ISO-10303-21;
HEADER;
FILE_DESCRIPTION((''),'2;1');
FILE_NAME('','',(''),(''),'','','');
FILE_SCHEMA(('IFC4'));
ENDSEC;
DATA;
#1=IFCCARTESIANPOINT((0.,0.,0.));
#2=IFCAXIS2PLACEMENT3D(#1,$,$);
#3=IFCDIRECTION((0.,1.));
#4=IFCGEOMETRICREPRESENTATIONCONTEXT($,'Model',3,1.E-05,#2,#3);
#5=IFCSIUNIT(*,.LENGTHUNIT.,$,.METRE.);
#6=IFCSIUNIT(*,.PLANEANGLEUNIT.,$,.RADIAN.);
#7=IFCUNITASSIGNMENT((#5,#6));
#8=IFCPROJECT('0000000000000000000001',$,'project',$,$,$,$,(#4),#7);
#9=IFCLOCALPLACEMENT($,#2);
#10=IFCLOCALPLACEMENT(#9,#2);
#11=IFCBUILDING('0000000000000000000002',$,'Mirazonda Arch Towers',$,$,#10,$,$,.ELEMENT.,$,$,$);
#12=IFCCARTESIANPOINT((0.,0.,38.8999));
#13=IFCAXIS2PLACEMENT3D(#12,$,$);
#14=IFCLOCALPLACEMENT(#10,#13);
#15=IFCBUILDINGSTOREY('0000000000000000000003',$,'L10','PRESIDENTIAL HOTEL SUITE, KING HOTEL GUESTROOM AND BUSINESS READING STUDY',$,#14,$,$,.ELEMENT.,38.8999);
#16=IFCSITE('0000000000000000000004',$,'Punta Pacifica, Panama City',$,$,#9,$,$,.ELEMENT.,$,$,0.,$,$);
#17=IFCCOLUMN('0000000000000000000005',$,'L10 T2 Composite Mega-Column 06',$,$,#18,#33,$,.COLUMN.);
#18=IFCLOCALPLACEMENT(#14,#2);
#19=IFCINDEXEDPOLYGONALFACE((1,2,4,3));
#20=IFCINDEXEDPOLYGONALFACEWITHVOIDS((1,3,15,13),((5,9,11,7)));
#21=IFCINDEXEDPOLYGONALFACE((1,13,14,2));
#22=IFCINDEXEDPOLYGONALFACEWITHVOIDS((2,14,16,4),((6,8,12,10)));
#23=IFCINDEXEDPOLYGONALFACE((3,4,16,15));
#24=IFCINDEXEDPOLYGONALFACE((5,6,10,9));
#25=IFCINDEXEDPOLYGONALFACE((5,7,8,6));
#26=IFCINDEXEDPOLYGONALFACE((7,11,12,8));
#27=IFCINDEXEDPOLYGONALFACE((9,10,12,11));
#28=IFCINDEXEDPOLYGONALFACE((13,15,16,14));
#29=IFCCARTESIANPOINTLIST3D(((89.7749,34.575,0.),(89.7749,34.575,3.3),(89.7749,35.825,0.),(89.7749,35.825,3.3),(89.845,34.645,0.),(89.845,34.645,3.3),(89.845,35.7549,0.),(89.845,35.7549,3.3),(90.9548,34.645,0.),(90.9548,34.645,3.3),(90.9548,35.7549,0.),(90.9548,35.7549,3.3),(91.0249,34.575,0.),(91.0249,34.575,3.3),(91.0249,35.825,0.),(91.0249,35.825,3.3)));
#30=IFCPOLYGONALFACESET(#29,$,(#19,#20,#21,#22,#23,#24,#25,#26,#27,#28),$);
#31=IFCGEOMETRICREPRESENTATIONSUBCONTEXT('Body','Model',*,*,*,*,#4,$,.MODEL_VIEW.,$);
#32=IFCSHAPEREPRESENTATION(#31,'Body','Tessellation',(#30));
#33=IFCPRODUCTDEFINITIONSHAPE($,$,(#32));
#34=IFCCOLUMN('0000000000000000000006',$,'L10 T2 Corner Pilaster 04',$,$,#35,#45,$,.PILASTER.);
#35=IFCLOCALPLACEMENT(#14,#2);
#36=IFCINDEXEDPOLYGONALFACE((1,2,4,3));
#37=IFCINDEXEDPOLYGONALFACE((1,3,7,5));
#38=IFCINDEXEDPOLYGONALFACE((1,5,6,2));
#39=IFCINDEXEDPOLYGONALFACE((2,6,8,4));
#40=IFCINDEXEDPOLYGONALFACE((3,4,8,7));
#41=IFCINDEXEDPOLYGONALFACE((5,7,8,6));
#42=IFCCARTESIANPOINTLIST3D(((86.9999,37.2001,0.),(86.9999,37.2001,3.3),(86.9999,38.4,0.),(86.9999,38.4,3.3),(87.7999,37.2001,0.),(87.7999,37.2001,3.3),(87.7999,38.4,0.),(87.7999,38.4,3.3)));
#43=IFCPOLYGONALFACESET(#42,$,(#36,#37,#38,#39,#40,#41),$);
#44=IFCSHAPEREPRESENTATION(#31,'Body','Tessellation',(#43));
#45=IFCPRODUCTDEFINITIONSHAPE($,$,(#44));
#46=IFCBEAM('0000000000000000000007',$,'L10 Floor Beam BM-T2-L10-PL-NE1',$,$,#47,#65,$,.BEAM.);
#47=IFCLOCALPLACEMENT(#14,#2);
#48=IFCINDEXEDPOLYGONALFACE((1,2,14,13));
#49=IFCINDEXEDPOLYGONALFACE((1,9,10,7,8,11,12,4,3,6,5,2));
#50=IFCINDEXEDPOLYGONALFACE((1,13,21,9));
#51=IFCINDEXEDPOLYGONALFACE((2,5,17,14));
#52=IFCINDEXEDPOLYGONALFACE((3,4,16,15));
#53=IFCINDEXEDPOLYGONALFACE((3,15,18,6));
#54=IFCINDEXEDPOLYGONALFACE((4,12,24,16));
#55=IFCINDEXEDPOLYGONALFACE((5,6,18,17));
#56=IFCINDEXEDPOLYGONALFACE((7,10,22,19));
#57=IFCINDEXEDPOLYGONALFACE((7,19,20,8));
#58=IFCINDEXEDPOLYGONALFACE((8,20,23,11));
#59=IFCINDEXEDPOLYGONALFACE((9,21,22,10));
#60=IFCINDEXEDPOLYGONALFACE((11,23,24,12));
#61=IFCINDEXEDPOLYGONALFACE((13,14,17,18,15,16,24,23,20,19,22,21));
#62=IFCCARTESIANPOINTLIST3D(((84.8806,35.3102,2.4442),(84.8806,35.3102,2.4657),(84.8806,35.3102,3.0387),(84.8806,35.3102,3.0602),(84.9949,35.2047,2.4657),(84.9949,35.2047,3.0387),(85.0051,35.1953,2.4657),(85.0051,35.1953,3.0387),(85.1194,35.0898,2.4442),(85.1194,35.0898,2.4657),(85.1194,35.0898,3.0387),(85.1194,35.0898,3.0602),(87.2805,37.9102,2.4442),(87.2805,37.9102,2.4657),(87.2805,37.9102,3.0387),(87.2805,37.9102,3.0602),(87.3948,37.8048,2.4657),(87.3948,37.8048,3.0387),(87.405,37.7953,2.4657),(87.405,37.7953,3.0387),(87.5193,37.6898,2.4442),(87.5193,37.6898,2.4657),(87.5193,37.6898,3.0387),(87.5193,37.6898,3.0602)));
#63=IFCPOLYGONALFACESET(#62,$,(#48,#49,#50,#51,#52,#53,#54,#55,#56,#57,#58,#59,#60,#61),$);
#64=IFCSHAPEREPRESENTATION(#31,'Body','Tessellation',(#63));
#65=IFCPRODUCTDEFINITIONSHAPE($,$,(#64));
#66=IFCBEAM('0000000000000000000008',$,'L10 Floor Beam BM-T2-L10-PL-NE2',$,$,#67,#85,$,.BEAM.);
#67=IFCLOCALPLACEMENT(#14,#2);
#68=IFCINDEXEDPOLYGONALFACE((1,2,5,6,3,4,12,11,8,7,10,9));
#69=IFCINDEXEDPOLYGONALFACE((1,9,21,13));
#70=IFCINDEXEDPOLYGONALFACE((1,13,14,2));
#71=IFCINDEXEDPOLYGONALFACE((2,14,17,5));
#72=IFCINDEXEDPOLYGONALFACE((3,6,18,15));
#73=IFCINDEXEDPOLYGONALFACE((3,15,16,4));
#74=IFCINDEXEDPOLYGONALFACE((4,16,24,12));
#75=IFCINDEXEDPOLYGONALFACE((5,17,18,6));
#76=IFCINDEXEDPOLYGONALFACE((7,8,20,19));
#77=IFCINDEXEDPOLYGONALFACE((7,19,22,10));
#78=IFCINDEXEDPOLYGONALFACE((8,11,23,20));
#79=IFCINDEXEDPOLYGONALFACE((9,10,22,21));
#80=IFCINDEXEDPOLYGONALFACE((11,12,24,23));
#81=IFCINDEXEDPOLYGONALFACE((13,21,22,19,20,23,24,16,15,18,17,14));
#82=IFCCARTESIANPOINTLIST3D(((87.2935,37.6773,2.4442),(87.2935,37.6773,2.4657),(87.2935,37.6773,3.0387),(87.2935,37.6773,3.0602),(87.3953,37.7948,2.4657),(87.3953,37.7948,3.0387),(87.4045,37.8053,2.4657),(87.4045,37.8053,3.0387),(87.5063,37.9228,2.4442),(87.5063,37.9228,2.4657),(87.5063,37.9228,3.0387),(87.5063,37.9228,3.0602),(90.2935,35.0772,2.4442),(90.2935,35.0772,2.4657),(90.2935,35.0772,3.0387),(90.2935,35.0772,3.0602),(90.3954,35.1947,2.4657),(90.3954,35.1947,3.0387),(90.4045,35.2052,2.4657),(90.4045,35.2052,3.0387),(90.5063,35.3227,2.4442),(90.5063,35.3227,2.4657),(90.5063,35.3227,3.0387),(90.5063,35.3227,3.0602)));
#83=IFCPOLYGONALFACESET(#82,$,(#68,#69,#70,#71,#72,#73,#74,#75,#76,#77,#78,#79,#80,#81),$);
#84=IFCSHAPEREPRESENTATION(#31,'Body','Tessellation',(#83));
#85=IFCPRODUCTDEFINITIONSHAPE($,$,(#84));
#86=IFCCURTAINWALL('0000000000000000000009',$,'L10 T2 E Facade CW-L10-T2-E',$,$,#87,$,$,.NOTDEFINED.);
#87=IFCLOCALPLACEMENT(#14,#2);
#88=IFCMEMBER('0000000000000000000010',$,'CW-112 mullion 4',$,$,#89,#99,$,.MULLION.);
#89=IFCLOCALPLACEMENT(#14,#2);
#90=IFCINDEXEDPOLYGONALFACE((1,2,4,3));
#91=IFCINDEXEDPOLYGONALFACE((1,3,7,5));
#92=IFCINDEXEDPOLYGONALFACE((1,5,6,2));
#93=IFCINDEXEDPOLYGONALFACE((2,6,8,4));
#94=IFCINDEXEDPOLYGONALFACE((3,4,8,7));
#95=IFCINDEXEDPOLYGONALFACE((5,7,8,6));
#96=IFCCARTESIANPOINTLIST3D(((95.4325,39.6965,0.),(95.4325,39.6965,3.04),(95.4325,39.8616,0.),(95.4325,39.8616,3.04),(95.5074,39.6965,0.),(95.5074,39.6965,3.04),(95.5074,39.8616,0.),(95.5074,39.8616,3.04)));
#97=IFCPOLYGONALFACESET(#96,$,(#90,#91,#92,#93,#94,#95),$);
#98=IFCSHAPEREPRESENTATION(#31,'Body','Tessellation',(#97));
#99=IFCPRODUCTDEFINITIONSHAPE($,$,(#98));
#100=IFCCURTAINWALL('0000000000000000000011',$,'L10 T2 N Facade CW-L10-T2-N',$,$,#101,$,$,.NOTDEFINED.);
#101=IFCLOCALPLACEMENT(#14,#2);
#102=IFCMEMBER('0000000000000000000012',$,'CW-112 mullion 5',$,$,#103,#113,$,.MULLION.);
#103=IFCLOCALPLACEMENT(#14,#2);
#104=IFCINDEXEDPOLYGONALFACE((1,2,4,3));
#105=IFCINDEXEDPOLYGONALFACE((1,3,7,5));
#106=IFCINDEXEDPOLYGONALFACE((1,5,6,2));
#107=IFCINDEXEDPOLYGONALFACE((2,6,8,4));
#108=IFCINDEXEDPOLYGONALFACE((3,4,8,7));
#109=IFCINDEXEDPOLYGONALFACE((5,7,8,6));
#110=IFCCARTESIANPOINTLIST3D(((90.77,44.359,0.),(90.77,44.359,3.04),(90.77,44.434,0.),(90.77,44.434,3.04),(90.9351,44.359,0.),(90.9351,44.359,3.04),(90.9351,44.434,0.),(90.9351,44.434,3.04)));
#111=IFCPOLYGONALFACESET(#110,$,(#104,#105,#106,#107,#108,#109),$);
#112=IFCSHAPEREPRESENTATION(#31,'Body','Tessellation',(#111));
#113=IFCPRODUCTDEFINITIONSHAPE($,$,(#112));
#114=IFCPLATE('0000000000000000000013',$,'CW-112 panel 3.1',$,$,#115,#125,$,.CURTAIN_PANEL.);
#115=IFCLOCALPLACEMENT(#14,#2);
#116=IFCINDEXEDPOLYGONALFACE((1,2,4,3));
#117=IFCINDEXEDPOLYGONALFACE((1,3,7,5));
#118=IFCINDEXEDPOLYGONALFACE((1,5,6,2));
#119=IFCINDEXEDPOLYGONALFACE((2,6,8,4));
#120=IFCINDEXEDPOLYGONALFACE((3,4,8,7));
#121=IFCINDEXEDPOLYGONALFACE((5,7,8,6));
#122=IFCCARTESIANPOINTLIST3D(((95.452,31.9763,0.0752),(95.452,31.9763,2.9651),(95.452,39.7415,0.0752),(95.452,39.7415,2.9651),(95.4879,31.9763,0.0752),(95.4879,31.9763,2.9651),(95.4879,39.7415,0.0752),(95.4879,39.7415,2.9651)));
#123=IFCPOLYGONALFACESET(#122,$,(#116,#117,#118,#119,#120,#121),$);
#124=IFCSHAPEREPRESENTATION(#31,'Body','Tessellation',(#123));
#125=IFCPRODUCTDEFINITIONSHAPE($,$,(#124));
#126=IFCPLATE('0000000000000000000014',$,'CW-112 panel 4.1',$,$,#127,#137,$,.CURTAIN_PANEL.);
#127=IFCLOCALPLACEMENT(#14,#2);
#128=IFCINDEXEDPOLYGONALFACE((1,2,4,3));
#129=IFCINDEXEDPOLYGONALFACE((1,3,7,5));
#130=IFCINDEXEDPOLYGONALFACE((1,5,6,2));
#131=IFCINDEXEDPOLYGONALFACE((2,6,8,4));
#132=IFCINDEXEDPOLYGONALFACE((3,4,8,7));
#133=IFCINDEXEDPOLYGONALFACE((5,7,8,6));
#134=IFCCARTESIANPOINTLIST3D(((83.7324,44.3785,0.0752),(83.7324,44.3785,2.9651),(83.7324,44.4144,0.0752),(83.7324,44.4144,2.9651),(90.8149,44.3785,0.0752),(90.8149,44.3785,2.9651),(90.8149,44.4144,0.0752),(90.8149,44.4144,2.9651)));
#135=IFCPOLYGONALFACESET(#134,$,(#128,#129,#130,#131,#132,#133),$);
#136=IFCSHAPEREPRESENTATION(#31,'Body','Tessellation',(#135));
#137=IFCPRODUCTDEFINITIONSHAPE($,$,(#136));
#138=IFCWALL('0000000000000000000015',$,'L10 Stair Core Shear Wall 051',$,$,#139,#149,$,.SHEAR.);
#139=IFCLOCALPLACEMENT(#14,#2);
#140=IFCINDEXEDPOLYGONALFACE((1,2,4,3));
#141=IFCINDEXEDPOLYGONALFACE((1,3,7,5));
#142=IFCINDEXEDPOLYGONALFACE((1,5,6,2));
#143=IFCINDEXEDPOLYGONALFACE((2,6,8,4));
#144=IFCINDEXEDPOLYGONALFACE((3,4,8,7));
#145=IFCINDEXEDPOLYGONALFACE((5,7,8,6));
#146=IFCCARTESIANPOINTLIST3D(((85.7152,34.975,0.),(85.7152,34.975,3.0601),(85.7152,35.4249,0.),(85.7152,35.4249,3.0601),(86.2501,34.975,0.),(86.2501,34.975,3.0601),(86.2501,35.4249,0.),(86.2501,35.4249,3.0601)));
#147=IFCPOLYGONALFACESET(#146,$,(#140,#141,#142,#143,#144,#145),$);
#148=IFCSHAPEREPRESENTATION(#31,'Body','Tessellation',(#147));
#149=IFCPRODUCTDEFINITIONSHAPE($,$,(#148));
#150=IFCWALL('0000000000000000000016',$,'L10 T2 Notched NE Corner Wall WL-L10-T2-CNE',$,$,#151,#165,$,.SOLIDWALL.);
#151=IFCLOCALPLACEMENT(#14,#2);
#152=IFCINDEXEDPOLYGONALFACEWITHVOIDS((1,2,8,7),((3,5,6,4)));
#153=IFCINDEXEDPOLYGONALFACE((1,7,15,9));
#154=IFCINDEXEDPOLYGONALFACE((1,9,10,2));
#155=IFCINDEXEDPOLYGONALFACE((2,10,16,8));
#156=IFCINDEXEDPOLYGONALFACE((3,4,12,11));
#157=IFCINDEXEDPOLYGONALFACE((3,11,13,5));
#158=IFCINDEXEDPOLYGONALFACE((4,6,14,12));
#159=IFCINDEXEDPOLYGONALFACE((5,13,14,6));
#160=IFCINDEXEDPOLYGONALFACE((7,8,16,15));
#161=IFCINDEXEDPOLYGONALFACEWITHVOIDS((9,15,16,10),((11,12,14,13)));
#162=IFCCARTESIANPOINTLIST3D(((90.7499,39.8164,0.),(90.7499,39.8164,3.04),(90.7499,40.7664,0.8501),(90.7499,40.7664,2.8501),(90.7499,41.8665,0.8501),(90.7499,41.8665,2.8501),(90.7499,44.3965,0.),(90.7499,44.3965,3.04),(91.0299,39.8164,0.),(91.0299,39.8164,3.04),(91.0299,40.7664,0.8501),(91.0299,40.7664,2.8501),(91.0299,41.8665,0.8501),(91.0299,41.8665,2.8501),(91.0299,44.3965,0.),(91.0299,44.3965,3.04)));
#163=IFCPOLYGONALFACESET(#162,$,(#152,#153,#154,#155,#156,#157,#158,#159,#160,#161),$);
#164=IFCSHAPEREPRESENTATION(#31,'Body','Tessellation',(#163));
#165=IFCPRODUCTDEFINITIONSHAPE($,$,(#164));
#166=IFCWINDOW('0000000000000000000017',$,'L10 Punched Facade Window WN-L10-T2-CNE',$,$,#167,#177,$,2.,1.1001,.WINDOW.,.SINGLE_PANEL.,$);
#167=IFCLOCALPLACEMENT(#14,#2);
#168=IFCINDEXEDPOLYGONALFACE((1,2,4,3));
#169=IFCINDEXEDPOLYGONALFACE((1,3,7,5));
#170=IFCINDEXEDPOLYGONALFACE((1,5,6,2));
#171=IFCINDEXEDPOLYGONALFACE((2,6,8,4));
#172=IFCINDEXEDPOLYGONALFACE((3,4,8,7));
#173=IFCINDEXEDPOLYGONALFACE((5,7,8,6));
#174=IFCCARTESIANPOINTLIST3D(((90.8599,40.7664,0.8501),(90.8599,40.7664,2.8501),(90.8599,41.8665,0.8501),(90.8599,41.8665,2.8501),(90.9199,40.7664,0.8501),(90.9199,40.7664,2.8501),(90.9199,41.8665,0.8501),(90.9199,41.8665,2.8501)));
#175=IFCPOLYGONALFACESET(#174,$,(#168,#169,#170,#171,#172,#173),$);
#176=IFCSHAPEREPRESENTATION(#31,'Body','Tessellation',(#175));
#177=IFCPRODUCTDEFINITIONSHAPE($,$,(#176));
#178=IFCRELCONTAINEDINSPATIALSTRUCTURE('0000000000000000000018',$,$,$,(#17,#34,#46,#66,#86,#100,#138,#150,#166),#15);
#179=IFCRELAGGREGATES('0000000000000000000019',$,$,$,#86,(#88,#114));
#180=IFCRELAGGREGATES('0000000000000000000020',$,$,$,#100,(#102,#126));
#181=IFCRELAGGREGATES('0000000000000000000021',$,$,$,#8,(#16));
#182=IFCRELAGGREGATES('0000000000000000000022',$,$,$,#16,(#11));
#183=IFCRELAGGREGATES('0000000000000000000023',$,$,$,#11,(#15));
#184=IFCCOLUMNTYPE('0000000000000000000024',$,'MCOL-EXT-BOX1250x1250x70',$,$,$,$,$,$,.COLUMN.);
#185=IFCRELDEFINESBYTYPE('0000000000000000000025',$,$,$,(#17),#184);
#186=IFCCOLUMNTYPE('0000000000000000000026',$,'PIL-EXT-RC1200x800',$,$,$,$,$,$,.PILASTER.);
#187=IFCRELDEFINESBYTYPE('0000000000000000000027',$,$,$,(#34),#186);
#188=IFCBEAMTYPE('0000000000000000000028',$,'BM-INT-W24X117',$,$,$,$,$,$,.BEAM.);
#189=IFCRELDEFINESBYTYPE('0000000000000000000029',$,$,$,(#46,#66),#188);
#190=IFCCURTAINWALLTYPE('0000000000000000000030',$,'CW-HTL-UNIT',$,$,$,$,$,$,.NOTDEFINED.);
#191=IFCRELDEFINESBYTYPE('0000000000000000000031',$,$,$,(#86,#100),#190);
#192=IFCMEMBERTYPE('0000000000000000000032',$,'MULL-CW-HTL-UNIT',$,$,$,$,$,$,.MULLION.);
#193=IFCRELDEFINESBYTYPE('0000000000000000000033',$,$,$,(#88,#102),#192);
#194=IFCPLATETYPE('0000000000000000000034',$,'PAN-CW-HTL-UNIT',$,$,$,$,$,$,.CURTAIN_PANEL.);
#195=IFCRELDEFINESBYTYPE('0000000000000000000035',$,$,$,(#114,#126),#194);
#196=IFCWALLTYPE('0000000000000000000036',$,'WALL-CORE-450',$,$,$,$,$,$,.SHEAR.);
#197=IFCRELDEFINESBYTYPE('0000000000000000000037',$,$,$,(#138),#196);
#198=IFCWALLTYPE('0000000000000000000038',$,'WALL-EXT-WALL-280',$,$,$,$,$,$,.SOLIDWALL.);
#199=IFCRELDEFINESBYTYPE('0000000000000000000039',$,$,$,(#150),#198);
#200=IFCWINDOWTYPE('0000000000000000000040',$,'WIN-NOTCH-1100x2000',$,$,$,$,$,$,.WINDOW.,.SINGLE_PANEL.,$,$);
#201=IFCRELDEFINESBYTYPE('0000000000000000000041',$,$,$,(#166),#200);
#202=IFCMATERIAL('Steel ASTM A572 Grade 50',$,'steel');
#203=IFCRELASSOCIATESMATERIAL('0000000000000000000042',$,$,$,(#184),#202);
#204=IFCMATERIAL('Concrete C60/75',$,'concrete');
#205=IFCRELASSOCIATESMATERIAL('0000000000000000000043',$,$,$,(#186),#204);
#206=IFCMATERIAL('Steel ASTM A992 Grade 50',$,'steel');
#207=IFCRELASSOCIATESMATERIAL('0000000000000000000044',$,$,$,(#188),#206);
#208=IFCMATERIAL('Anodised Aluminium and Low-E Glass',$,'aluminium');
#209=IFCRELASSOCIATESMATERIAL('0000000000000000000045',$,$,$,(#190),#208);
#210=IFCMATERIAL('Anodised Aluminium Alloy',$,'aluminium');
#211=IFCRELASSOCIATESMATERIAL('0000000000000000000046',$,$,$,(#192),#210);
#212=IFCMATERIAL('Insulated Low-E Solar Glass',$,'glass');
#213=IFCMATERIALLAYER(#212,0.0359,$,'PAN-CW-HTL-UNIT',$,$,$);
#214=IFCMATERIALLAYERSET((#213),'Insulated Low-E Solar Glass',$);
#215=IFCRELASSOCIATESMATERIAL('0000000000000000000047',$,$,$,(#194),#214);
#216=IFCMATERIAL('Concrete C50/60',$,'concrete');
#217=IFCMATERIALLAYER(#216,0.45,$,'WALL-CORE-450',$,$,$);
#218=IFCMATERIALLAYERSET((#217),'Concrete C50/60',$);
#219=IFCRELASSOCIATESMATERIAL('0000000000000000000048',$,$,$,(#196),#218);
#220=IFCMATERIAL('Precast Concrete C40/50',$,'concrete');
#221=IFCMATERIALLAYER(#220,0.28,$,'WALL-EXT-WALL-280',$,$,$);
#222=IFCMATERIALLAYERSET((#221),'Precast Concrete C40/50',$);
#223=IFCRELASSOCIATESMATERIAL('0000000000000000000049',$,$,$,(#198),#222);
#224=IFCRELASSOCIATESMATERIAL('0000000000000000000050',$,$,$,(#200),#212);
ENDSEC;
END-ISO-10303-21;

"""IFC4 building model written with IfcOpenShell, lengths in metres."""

from ifc_helpers import new_model, si_unit, direction, frame, frame_2d, origin, origin_2d, place, context, subcontext, project, spatial, rectangle, hollow_rectangle, i_section, extrude, material, layer, layer_set, material_profile, profile_set, type_object, element, fill, aggregate, save


model = new_model("IFC4")

# Units and contexts
model_context = context("Model", 3, precision=1e-05, world=origin(), true_north=direction((0.0, 1.0)))
body_context = subcontext(model_context, "Body", "Model", "MODEL_VIEW")
ifc_project = project(units=[si_unit("LENGTHUNIT", "METRE"), si_unit("PLANEANGLEUNIT", "RADIAN")], contexts=[model_context])

# Site, building, storey
site_placement = place(None, origin())
site = spatial("IfcSite", under=ifc_project, at=site_placement, Name="Punta Pacifica, Panama City", CompositionType="ELEMENT", RefElevation=0.0)
building_placement = place(site_placement, origin())
building = spatial("IfcBuilding", under=site, at=building_placement, Name="Mirazonda Arch Towers", CompositionType="ELEMENT")
storey_placement = place(building_placement, frame((0.0, 0.0, 38.8999)))
storey = spatial("IfcBuildingStorey", under=building, at=storey_placement, Name="L10", Description="PRESIDENTIAL HOTEL SUITE, KING HOTEL GUESTROOM AND BUSINESS READING STUDY", CompositionType="ELEMENT", Elevation=38.8999)

# Columns
ifc_material_1 = material(Name="Steel ASTM A572 Grade 50", Category="steel")
ifc_material_profile_1 = material_profile(ifc_material_1, hollow_rectangle(XDim=1.25, YDim=1.25, WallThickness=0.0701, at=origin_2d()), Name="BOX1250x1250x70")
ifc_profile_set_1 = profile_set([ifc_material_profile_1], Name="Steel ASTM A572 Grade 50")
column_type_1 = type_object("IfcColumnType", Name="MCOL-EXT-BOX1250x1250x70", PredefinedType="COLUMN", material=ifc_profile_set_1)
column_1_placement = place(storey_placement, frame((90.3999, 35.2, 0.0), z_axis=(0.0, 0.0, 1.0), x_axis=(1.0, 0.0, 0.0)))
element("IfcColumn", 1, at=column_1_placement, inside=storey, type_object=column_type_1, Name="L10 T2 Composite Mega-Column 06", PredefinedType="COLUMN", context=body_context, shape_type="SweptSolid", body=[
    extrude(hollow_rectangle(XDim=1.25, YDim=1.25, WallThickness=0.0701, at=origin_2d()), origin(), (0.0, 0.0, 1.0), 3.3),
])
ifc_material_2 = material(Name="Concrete C60/75", Category="concrete")
ifc_material_profile_2 = material_profile(ifc_material_2, rectangle(XDim=0.8, YDim=1.2, at=origin_2d()), Name="RC1200x800")
ifc_profile_set_2 = profile_set([ifc_material_profile_2], Name="Concrete C60/75")
column_type_2 = type_object("IfcColumnType", Name="PIL-EXT-RC1200x800", PredefinedType="PILASTER", material=ifc_profile_set_2)
column_2_placement = place(storey_placement, frame((87.3999, 37.8, 0.0), z_axis=(0.0, 0.0, 1.0), x_axis=(1.0, 0.0, 0.0)))
element("IfcColumn", 2, at=column_2_placement, inside=storey, type_object=column_type_2, Name="L10 T2 Corner Pilaster 04", PredefinedType="PILASTER", context=body_context, shape_type="SweptSolid", body=[
    extrude(rectangle(XDim=0.8, YDim=1.2, at=origin_2d()), origin(), (0.0, 0.0, 1.0), 3.3),
])

# Beams
ifc_material_3 = material(Name="Steel ASTM A992 Grade 50", Category="steel")
ifc_material_profile_3 = material_profile(ifc_material_3, i_section(OverallWidth=0.325, OverallDepth=0.616, WebThickness=0.0139, FlangeThickness=0.0215, at=origin_2d()), Name="W24X117")
ifc_profile_set_3 = profile_set([ifc_material_profile_3], Name="Steel ASTM A992 Grade 50")
beam_type = type_object("IfcBeamType", Name="BM-INT-W24X117", PredefinedType="BEAM", material=ifc_profile_set_3)
beam_1_placement = place(storey_placement, frame((87.3999, 37.8, 2.7522), z_axis=(-0.678251, -0.73483, 0.0), x_axis=(0.73483, -0.678251, 0.0)))
element("IfcBeam", 3, at=beam_1_placement, inside=storey, type_object=beam_type, Name="L10 Floor Beam BM-T2-L10-PL-NE1", PredefinedType="BEAM", context=body_context, shape_type="SweptSolid", body=[
    extrude(i_section(OverallWidth=0.325, OverallDepth=0.616, WebThickness=0.0139, FlangeThickness=0.0215, at=origin_2d()), origin(), (0.0, 0.0, 1.0), 3.5383),
])
beam_2_placement = place(storey_placement, frame((87.3999, 37.8, 2.7522), z_axis=(0.755677, -0.654945, 0.0), x_axis=(0.654945, 0.755677, 0.0)))
element("IfcBeam", 4, at=beam_2_placement, inside=storey, type_object=beam_type, Name="L10 Floor Beam BM-T2-L10-PL-NE2", PredefinedType="BEAM", context=body_context, shape_type="SweptSolid", body=[
    extrude(i_section(OverallWidth=0.325, OverallDepth=0.616, WebThickness=0.0139, FlangeThickness=0.0215, at=origin_2d()), origin(), (0.0, 0.0, 1.0), 3.97),
])

# Curtain walls, members
ifc_material_4 = material(Name="Anodised Aluminium and Low-E Glass", Category="aluminium")
curtain_wall_type = type_object("IfcCurtainWallType", Name="CW-HTL-UNIT", PredefinedType="NOTDEFINED", material=ifc_material_4)
curtain_wall_1_placement = place(storey_placement, origin())
curtain_wall_1 = element("IfcCurtainWall", 5, at=curtain_wall_1_placement, inside=storey, type_object=curtain_wall_type, Name="L10 T2 E Facade CW-L10-T2-E", PredefinedType="NOTDEFINED")
ifc_material_5 = material(Name="Anodised Aluminium Alloy", Category="aluminium")
ifc_material_profile_4 = material_profile(ifc_material_5, rectangle(XDim=0.075, YDim=0.165, at=origin_2d()), Name="ALU-MULL-75x165")
ifc_profile_set_4 = profile_set([ifc_material_profile_4], Name="Anodised Aluminium Alloy")
member_type = type_object("IfcMemberType", Name="MULL-CW-HTL-UNIT", PredefinedType="MULLION", material=ifc_profile_set_4)
member_1_placement = place(storey_placement, frame((95.47, 39.7791, 0.0), z_axis=(0.0, 0.0, 1.0), x_axis=(-1.0, 0.0, 0.0)))
member_1 = element("IfcMember", 6, at=member_1_placement, type_object=member_type, Name="CW-112 mullion 4", PredefinedType="MULLION", context=body_context, shape_type="SweptSolid", body=[
    extrude(rectangle(XDim=0.075, YDim=0.165, at=origin_2d()), origin(), (0.0, 0.0, 1.0), 3.04),
])
curtain_wall_2_placement = place(storey_placement, origin())
curtain_wall_2 = element("IfcCurtainWall", 7, at=curtain_wall_2_placement, inside=storey, type_object=curtain_wall_type, Name="L10 T2 N Facade CW-L10-T2-N", PredefinedType="NOTDEFINED")
member_2_placement = place(storey_placement, frame((90.8525, 44.3965, 0.0), z_axis=(0.0, 0.0, 1.0), x_axis=(0.0, 1.0, 0.0)))
member_2 = element("IfcMember", 8, at=member_2_placement, type_object=member_type, Name="CW-112 mullion 5", PredefinedType="MULLION", context=body_context, shape_type="SweptSolid", body=[
    extrude(rectangle(XDim=0.075, YDim=0.165, at=origin_2d()), origin(), (0.0, 0.0, 1.0), 3.04),
])

# Plates
ifc_material_6 = material(Name="Insulated Low-E Solar Glass", Category="glass")
ifc_layer_1 = layer(ifc_material_6, 0.0359, Name="PAN-CW-HTL-UNIT")
ifc_layer_set_1 = layer_set([ifc_layer_1], Name="Insulated Low-E Solar Glass")
plate_type = type_object("IfcPlateType", Name="PAN-CW-HTL-UNIT", PredefinedType="CURTAIN_PANEL", material=ifc_layer_set_1)
plate_1_placement = place(storey_placement, frame((95.47, 35.8589, 0.0752), z_axis=(0.0, 0.0, 1.0), x_axis=(0.0, 1.0, 0.0)))
plate_1 = element("IfcPlate", 9, at=plate_1_placement, type_object=plate_type, Name="CW-112 panel 3.1", PredefinedType="CURTAIN_PANEL", context=body_context, shape_type="SweptSolid", body=[
    extrude(rectangle(XDim=7.7651, YDim=0.0359, at=origin_2d()), origin(), (0.0, 0.0, 1.0), 2.8899),
])
aggregate(curtain_wall_1, [member_1, plate_1])
plate_2_placement = place(storey_placement, frame((87.2737, 44.3965, 0.0752), z_axis=(0.0, 0.0, 1.0), x_axis=(1.0, 0.0, 0.0)))
plate_2 = element("IfcPlate", 10, at=plate_2_placement, type_object=plate_type, Name="CW-112 panel 4.1", PredefinedType="CURTAIN_PANEL", context=body_context, shape_type="SweptSolid", body=[
    extrude(rectangle(XDim=7.0825, YDim=0.0359, at=origin_2d()), origin(), (0.0, 0.0, 1.0), 2.8899),
])
aggregate(curtain_wall_2, [member_2, plate_2])

# Wall
ifc_material_7 = material(Name="Concrete C50/60", Category="concrete")
ifc_layer_2 = layer(ifc_material_7, 0.45, Name="WALL-CORE-450")
ifc_layer_set_2 = layer_set([ifc_layer_2], Name="Concrete C50/60")
wall_type_1 = type_object("IfcWallType", Name="WALL-CORE-450", PredefinedType="SHEAR", material=ifc_layer_set_2)
wall_1_placement = place(storey_placement, frame((85.7151, 35.2, 0.0), z_axis=(0.0, 0.0, 1.0), x_axis=(1.0, 0.0, 0.0)))
element("IfcWall", 11, at=wall_1_placement, inside=storey, type_object=wall_type_1, Name="L10 Stair Core Shear Wall 051", PredefinedType="SHEAR", context=body_context, shape_type="SweptSolid", body=[
    extrude(rectangle(XDim=0.5349, YDim=0.45, at=frame_2d((0.2676, 0.0))), origin(), (0.0, 0.0, 1.0), 3.0601),
])

# Wall, opening, window
ifc_material_8 = material(Name="Precast Concrete C40/50", Category="concrete")
ifc_layer_3 = layer(ifc_material_8, 0.28, Name="WALL-EXT-WALL-280")
ifc_layer_set_3 = layer_set([ifc_layer_3], Name="Precast Concrete C40/50")
wall_type_2 = type_object("IfcWallType", Name="WALL-EXT-WALL-280", PredefinedType="SOLIDWALL", material=ifc_layer_set_3)
wall_2_placement = place(storey_placement, frame((90.8899, 39.8164, 0.0), z_axis=(0.0, 0.0, 1.0), x_axis=(0.0, 1.0, 0.0)))
wall_2 = element("IfcWall", 12, at=wall_2_placement, inside=storey, type_object=wall_type_2, Name="L10 T2 Notched NE Corner Wall WL-L10-T2-CNE", PredefinedType="SOLIDWALL", context=body_context, shape_type="SweptSolid", body=[
    extrude(rectangle(XDim=4.5801, YDim=0.28, at=frame_2d((2.29, 0.0))), origin(), (0.0, 0.0, 1.0), 3.04),
])
opening_1_placement = place(wall_2_placement, frame((0.95, 0.0, 0.8501)))
opening_1 = element("IfcOpeningElement", 13, at=opening_1_placement, cuts=wall_2, PredefinedType="OPENING", context=body_context, shape_type="SweptSolid", body=[
    extrude(rectangle(XDim=1.1001, YDim=2.0, at=frame_2d((0.55, 1.0))), frame((0.0, 0.1499, 0.0), z_axis=(0.0, -1.0, 0.0), x_axis=(1.0, 0.0, 0.0)), (0.0, 0.0, 1.0), 0.3),
])
window_type = type_object("IfcWindowType", Name="WIN-NOTCH-1100x2000", PartitioningType="SINGLE_PANEL", PredefinedType="WINDOW", material=ifc_material_6)
window_1_placement = place(opening_1_placement, origin())
window_1 = element("IfcWindow", 14, at=window_1_placement, inside=storey, type_object=window_type, Name="L10 Punched Facade Window WN-L10-T2-CNE", OverallHeight=2.0, OverallWidth=1.1001, PartitioningType="SINGLE_PANEL", PredefinedType="WINDOW", context=body_context, shape_type="SweptSolid", body=[
    extrude(rectangle(XDim=1.1001, YDim=2.0, at=frame_2d((0.55, 1.0))), frame((0.0, 0.03, 0.0), z_axis=(0.0, -1.0, 0.0), x_axis=(1.0, 0.0, 0.0)), (0.0, 0.0, 1.0), 0.0601),
])
fill(opening_1, window_1)

save(model, "model.ifc")
